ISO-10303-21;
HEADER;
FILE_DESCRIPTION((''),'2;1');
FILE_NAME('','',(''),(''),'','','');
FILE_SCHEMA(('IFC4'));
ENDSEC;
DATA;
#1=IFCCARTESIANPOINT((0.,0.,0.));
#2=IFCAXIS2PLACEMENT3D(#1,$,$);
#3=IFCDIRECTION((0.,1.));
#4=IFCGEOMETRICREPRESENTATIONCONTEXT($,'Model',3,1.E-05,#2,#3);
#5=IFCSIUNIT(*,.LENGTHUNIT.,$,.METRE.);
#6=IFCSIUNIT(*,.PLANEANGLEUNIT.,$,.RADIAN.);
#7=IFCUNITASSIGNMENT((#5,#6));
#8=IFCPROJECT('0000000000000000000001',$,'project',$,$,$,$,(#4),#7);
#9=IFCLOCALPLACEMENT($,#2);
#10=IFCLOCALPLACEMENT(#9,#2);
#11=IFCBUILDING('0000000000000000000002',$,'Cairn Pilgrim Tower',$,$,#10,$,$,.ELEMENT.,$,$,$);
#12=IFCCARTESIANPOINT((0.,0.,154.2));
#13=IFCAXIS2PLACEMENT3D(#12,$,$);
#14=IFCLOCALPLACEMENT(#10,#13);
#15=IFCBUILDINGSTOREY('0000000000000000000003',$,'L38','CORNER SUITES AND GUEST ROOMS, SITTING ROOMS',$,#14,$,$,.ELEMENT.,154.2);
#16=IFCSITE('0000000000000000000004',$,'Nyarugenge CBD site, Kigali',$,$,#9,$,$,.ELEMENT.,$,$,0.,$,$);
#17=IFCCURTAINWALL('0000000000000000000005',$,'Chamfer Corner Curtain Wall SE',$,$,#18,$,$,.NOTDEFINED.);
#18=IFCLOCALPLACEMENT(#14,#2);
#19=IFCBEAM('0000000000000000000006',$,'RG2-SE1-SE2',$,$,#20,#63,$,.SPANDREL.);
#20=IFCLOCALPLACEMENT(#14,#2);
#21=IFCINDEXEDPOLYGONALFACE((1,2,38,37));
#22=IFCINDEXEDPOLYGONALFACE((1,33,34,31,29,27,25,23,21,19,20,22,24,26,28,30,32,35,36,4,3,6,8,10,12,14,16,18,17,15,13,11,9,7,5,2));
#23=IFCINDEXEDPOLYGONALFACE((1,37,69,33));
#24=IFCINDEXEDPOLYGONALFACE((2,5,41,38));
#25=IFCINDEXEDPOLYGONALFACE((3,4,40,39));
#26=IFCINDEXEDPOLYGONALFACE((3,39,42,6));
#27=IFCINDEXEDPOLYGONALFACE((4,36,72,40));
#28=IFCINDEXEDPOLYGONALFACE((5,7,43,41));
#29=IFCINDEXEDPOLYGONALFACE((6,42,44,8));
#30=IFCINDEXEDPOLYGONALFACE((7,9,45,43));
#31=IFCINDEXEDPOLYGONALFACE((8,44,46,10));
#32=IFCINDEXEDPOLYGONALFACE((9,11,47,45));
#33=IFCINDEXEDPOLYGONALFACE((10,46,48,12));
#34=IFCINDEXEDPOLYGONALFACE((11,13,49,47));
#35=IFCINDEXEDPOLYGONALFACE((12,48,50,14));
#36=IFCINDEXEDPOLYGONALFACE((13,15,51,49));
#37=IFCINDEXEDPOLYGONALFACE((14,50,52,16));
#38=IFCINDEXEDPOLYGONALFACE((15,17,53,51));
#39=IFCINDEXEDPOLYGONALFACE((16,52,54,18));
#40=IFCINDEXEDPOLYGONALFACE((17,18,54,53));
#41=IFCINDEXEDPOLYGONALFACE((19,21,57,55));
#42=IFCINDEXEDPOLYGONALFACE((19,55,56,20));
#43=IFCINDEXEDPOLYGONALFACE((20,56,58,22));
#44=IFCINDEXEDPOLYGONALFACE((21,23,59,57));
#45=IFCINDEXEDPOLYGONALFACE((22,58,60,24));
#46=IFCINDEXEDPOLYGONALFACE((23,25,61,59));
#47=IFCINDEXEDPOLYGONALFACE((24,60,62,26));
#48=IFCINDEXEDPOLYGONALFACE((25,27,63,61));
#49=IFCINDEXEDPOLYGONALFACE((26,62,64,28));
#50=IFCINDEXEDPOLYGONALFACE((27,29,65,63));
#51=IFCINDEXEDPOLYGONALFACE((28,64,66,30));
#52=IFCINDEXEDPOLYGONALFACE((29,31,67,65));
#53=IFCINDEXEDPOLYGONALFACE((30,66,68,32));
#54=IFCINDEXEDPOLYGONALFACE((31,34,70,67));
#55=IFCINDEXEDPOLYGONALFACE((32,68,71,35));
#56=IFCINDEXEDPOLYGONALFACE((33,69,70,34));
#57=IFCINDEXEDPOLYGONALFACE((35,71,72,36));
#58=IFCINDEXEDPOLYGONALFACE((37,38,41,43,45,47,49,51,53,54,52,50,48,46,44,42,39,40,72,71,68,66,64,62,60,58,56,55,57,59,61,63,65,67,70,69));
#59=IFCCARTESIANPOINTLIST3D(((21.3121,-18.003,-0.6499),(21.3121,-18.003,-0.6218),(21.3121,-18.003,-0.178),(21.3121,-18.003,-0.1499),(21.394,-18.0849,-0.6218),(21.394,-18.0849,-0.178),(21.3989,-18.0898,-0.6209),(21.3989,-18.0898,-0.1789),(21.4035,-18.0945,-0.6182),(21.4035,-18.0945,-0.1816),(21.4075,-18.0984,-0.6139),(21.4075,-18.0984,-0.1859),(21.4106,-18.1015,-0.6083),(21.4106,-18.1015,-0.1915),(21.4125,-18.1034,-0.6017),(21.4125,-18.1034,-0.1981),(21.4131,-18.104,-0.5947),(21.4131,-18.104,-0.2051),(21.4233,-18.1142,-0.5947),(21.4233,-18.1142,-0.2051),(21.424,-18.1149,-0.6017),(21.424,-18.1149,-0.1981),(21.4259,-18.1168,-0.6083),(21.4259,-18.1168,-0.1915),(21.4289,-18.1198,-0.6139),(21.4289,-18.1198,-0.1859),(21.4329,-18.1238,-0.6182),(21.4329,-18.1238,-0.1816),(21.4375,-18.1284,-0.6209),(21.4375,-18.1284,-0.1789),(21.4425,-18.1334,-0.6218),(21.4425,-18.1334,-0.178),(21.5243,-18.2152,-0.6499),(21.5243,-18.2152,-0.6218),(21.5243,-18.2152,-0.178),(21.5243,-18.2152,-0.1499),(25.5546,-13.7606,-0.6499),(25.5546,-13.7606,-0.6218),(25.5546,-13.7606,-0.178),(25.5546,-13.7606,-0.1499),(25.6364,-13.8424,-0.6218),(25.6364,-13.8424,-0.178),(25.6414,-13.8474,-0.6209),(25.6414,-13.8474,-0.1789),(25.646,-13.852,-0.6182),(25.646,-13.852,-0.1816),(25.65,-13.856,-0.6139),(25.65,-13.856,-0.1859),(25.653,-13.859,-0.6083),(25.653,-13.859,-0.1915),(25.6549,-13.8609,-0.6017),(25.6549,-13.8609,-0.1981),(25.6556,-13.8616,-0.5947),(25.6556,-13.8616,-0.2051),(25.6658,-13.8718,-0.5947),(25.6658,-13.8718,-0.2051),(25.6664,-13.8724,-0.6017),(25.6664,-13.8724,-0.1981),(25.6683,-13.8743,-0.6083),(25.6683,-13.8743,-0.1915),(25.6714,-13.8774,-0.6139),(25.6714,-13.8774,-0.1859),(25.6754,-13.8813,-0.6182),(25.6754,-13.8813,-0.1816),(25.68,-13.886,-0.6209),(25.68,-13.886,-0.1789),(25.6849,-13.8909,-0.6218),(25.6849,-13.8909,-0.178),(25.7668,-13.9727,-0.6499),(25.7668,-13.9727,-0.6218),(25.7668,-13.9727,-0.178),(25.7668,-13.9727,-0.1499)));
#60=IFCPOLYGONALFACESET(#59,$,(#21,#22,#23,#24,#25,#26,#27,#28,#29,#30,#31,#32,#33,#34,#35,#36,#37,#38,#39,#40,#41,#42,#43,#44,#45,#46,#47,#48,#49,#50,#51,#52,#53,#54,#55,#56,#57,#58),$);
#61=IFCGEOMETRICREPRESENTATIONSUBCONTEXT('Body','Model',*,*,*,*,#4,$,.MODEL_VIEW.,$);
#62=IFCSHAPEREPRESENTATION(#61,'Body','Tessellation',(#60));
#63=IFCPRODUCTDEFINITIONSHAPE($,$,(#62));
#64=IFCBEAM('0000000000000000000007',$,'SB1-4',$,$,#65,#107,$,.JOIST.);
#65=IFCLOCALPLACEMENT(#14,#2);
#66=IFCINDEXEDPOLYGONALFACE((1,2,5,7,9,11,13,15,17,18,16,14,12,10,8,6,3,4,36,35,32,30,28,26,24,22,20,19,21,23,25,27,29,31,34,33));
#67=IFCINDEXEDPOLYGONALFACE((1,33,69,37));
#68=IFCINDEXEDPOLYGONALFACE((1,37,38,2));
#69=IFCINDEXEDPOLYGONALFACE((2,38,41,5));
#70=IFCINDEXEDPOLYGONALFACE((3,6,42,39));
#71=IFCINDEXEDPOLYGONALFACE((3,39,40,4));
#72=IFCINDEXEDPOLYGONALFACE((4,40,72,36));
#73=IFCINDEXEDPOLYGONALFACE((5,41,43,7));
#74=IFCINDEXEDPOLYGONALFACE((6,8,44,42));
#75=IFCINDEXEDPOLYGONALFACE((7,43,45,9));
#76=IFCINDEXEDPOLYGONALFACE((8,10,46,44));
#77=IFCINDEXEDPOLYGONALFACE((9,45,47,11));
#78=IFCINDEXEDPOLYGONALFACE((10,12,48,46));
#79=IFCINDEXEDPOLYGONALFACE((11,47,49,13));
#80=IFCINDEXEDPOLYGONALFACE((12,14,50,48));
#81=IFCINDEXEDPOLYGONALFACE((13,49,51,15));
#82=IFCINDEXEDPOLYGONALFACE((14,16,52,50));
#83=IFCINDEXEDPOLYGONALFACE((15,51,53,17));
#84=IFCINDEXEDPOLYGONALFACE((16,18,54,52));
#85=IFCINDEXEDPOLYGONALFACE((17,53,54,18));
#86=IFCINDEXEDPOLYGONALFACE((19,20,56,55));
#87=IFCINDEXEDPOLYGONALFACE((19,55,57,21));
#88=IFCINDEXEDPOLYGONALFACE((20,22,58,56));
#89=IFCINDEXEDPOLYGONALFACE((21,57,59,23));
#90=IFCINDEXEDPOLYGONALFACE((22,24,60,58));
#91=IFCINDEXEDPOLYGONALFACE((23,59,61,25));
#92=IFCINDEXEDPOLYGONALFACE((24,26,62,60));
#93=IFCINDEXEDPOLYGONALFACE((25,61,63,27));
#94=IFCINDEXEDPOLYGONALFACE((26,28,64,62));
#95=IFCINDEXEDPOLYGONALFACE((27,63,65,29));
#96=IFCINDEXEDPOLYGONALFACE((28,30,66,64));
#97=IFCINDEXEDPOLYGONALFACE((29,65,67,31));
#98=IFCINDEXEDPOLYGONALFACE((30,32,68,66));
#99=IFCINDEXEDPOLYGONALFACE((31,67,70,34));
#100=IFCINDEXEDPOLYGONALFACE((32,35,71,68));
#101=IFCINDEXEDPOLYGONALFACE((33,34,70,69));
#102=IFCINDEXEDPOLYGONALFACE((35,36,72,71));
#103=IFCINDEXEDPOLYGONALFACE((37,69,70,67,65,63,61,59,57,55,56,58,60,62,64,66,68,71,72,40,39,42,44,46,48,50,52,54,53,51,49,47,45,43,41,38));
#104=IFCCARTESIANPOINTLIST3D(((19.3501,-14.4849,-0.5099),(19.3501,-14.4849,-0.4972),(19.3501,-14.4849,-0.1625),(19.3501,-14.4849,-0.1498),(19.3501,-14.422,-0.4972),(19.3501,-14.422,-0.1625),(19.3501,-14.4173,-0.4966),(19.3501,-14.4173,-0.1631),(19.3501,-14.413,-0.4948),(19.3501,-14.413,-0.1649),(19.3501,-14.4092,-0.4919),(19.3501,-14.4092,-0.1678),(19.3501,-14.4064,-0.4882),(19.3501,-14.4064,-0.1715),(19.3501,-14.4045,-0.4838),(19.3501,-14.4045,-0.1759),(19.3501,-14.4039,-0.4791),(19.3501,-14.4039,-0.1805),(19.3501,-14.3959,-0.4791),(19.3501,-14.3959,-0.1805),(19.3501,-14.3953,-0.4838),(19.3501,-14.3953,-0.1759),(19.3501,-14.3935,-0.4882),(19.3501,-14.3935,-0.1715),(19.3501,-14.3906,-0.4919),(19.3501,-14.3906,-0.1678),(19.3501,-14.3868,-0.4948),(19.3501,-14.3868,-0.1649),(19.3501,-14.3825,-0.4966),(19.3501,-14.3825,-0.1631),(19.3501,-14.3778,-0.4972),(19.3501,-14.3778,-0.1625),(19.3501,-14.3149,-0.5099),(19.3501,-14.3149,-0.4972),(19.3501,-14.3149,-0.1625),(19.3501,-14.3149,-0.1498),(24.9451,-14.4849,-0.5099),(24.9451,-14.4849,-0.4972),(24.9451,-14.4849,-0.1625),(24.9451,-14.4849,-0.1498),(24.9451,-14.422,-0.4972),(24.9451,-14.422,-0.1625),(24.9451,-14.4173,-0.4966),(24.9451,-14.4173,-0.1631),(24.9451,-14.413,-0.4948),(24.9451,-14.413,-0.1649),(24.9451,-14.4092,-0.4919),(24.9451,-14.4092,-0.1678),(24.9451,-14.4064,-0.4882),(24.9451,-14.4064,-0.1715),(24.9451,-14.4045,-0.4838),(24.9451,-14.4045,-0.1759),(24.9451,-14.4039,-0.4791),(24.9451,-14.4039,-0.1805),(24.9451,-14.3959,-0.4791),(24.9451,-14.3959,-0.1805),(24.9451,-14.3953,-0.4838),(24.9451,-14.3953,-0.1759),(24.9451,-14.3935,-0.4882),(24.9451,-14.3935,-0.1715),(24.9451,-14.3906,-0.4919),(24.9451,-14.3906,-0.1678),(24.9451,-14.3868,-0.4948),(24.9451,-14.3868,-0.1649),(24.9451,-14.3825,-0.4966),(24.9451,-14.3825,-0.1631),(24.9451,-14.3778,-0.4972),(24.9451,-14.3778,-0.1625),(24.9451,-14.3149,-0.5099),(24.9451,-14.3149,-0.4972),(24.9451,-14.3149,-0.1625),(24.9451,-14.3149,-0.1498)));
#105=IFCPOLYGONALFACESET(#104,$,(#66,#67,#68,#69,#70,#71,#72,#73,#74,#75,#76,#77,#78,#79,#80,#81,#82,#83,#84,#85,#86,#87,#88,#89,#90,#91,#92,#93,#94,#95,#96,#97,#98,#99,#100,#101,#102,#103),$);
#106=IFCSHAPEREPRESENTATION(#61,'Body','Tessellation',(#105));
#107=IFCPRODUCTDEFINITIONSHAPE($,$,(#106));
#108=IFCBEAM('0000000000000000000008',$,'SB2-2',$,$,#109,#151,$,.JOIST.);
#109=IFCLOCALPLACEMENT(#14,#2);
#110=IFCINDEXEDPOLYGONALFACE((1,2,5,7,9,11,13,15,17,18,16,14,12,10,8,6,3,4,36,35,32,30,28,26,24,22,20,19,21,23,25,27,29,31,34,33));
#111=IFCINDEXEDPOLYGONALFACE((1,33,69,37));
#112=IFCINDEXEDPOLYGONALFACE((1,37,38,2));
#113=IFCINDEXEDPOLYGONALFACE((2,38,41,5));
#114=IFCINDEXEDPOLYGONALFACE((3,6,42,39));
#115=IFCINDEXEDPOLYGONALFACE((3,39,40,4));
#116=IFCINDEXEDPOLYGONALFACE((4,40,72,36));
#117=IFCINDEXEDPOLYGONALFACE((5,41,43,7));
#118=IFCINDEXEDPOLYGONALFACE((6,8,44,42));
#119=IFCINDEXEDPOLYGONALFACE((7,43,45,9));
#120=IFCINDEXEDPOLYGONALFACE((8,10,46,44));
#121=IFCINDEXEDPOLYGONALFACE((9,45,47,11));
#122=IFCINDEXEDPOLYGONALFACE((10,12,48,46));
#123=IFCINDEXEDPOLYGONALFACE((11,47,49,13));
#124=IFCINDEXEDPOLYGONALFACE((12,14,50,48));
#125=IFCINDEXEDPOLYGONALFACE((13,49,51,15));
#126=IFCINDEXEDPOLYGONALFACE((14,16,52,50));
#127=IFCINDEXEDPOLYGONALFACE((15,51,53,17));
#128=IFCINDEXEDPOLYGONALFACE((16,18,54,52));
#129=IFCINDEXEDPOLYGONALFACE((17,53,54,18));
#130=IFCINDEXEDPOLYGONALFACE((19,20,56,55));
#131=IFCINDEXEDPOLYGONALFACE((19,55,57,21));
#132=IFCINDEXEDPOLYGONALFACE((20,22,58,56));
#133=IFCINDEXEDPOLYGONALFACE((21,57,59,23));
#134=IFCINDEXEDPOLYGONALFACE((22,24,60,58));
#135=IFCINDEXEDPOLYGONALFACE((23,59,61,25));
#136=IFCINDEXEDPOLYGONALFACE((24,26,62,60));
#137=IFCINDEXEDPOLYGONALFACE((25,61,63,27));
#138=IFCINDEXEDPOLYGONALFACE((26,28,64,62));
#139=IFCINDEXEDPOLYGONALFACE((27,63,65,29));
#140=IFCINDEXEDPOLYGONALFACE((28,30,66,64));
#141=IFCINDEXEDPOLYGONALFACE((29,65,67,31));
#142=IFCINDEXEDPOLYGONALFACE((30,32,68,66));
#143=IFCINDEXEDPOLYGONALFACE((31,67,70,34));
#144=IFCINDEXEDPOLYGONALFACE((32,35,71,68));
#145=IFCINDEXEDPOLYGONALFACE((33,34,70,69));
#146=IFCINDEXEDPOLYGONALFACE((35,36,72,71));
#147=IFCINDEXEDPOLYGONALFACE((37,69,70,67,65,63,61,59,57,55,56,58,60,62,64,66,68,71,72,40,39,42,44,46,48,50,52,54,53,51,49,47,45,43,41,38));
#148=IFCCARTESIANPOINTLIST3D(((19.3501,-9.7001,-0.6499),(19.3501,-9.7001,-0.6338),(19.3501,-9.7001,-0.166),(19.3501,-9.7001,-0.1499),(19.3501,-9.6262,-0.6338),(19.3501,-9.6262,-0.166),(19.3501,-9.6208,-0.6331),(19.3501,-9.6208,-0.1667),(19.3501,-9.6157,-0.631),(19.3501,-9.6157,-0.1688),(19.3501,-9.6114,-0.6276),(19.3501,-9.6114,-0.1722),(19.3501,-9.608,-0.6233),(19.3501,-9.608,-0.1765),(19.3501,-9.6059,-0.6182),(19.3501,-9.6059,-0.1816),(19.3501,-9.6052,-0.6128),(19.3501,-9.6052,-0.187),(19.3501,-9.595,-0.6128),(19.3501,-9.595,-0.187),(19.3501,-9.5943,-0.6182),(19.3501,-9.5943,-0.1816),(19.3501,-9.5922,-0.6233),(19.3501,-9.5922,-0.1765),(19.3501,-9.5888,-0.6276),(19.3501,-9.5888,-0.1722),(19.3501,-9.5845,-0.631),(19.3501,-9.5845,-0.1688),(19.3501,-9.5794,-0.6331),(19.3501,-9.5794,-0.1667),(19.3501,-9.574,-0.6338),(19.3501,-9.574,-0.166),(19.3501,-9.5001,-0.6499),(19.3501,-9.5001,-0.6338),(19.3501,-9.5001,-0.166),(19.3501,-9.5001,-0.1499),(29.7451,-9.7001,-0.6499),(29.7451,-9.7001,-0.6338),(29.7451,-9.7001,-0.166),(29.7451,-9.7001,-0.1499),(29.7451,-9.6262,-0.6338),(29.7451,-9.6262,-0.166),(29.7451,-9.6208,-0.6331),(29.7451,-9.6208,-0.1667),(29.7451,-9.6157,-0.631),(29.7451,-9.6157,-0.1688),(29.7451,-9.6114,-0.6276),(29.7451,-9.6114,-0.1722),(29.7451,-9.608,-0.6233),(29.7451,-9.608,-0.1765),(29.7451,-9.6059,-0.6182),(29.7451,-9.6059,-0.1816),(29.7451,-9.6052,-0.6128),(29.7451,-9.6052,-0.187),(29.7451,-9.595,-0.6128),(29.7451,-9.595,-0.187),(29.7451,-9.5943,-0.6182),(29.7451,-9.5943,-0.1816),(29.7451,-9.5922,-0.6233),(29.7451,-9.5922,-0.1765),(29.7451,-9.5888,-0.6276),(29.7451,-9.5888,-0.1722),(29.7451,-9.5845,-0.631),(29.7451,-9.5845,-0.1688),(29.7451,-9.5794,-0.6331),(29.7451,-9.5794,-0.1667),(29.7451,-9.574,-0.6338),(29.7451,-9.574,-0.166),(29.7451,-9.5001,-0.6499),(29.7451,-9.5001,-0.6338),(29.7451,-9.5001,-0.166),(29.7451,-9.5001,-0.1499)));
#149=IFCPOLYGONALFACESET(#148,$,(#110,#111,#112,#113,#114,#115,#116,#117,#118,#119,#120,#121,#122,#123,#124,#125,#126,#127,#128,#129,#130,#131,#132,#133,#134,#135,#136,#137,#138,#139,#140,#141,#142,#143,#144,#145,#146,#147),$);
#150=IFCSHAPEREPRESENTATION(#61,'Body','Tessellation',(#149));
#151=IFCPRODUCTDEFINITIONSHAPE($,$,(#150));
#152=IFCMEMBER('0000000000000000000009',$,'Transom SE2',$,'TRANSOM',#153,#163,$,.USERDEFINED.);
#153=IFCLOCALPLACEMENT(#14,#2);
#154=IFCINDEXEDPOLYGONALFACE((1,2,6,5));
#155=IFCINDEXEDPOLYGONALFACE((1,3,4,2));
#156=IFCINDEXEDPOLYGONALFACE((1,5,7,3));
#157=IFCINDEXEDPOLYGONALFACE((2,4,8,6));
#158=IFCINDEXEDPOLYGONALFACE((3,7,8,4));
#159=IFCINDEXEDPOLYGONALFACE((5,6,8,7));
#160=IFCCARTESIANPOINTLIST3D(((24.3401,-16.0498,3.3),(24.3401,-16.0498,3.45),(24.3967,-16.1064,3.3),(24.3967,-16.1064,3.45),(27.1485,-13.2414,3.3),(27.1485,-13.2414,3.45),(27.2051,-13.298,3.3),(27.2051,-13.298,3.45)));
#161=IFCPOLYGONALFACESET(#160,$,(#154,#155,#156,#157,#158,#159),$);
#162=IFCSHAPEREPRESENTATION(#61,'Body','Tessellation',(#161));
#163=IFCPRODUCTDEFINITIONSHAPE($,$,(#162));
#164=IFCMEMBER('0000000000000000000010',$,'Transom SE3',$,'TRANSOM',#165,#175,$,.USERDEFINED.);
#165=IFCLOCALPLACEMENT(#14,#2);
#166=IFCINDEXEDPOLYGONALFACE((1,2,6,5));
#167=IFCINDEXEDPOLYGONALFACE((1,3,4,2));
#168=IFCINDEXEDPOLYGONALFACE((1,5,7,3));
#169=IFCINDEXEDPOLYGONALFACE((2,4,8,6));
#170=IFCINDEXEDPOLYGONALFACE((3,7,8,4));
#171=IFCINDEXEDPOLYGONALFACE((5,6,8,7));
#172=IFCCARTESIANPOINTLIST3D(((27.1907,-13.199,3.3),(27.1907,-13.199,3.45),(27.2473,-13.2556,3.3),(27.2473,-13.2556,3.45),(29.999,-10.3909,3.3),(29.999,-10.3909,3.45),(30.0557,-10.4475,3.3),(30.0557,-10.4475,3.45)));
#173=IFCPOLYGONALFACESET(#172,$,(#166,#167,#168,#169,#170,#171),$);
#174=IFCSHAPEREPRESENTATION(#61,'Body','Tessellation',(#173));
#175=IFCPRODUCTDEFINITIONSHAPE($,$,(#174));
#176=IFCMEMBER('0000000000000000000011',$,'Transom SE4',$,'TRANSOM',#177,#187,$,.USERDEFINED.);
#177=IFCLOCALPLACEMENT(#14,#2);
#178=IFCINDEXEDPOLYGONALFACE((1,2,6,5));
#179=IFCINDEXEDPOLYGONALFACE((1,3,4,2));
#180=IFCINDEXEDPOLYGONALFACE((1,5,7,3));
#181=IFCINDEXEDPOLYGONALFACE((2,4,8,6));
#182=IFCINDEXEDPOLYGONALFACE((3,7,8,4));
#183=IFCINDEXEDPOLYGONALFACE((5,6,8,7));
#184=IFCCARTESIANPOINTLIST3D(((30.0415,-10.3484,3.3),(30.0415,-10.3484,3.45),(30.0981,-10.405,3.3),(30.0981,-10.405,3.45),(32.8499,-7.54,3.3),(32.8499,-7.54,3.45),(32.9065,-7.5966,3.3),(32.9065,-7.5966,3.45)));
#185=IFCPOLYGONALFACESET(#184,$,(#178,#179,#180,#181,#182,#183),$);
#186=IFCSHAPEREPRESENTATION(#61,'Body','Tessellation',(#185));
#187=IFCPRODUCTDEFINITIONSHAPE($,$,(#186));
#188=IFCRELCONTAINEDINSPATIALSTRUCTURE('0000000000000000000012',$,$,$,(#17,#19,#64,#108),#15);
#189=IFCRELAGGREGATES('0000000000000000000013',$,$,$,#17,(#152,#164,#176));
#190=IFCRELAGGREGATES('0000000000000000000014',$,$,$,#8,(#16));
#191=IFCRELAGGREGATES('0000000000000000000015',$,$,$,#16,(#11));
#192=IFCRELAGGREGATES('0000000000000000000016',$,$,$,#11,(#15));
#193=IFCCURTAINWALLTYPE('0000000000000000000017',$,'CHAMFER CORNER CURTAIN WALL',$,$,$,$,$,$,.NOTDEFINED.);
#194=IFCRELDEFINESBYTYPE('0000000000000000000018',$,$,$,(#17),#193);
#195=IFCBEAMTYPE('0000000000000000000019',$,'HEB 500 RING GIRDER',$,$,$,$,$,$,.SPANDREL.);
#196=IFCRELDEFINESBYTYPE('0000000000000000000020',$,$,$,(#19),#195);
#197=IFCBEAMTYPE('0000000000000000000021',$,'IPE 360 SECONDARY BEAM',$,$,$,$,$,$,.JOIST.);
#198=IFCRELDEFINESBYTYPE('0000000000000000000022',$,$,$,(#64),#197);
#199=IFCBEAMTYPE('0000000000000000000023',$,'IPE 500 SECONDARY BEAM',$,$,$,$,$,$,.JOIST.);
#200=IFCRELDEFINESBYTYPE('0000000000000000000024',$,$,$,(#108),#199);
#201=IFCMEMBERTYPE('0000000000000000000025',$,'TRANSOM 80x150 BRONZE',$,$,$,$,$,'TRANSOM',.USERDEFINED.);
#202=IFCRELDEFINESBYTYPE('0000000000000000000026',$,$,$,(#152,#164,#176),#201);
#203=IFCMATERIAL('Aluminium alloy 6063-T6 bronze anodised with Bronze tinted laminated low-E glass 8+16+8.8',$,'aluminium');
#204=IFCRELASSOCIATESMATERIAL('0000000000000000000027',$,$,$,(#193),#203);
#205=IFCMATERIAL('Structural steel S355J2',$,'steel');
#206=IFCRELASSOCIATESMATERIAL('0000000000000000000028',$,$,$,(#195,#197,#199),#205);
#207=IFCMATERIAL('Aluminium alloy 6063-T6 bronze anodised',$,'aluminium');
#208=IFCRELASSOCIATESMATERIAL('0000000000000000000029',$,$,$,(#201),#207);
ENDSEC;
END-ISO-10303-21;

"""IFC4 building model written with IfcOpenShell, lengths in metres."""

from ifc_helpers import new_model, si_unit, direction, frame, origin, origin_2d, place, context, subcontext, project, spatial, rectangle, i_section, extrude, material, material_profile, profile_set, type_object, element, aggregate, save


model = new_model("IFC4")

# Units and contexts
model_context = context("Model", 3, precision=1e-05, world=origin(), true_north=direction((0.0, 1.0)))
body_context = subcontext(model_context, "Body", "Model", "MODEL_VIEW")
ifc_project = project(units=[si_unit("LENGTHUNIT", "METRE"), si_unit("PLANEANGLEUNIT", "RADIAN")], contexts=[model_context])

# Site, building, storey
site_placement = place(None, origin())
site = spatial("IfcSite", under=ifc_project, at=site_placement, Name="Nyarugenge CBD site, Kigali", CompositionType="ELEMENT", RefElevation=0.0)
building_placement = place(site_placement, origin())
building = spatial("IfcBuilding", under=site, at=building_placement, Name="Cairn Pilgrim Tower", CompositionType="ELEMENT")
storey_placement = place(building_placement, frame((0.0, 0.0, 154.2)))
storey = spatial("IfcBuildingStorey", under=building, at=storey_placement, Name="L38", Description="CORNER SUITES AND GUEST ROOMS, SITTING ROOMS", CompositionType="ELEMENT", Elevation=154.2)

# Shared definitions
ifc_material_1 = material(Name="Structural steel S355J2", Category="steel")

# Curtain wall
ifc_material_2 = material(Name="Aluminium alloy 6063-T6 bronze anodised with Bronze tinted laminated low-E glass 8+16+8.8", Category="aluminium")
curtain_wall_type = type_object("IfcCurtainWallType", Name="CHAMFER CORNER CURTAIN WALL", PredefinedType="NOTDEFINED", material=ifc_material_2)
curtain_wall_placement = place(storey_placement, origin())
curtain_wall = element("IfcCurtainWall", 1, at=curtain_wall_placement, inside=storey, type_object=curtain_wall_type, Name="Chamfer Corner Curtain Wall SE", PredefinedType="NOTDEFINED")
ifc_material_3 = material(Name="Aluminium alloy 6063-T6 bronze anodised", Category="aluminium")

# Beams
ifc_material_profile_1 = material_profile(ifc_material_1, i_section(OverallWidth=0.3, OverallDepth=0.5, WebThickness=0.0144, FlangeThickness=0.0281, FilletRadius=0.0271, at=origin_2d()), Name="HEB 500")
ifc_profile_set_1 = profile_set([ifc_material_profile_1], Name="Structural steel S355J2")
beam_type_1 = type_object("IfcBeamType", Name="HEB 500 RING GIRDER", PredefinedType="SPANDREL", material=ifc_profile_set_1)
beam_1_placement = place(storey_placement, frame((21.4182, -18.1091, -0.3999), z_axis=(0.707107, 0.707107, 0.0), x_axis=(-0.707107, 0.707107, 0.0)))
element("IfcBeam", 2, at=beam_1_placement, inside=storey, type_object=beam_type_1, Name="RG2-SE1-SE2", PredefinedType="SPANDREL", context=body_context, shape_type="SweptSolid", body=[
    extrude(i_section(OverallWidth=0.3, OverallDepth=0.5, WebThickness=0.0144, FlangeThickness=0.0281, FilletRadius=0.0271, at=origin_2d()), origin(), (0.0, 0.0, 1.0), 5.9998),
])
ifc_material_profile_2 = material_profile(ifc_material_1, i_section(OverallWidth=0.1699, OverallDepth=0.3601, WebThickness=0.0081, FlangeThickness=0.0127, FilletRadius=0.0181, at=origin_2d()), Name="IPE 360")
ifc_profile_set_2 = profile_set([ifc_material_profile_2], Name="Structural steel S355J2")
beam_type_2 = type_object("IfcBeamType", Name="IPE 360 SECONDARY BEAM", PredefinedType="JOIST", material=ifc_profile_set_2)
beam_2_placement = place(storey_placement, frame((19.3501, -14.3999, -0.3298), z_axis=(1.0, 0.0, 0.0), x_axis=(0.0, 1.0, 0.0)))
element("IfcBeam", 3, at=beam_2_placement, inside=storey, type_object=beam_type_2, Name="SB1-4", PredefinedType="JOIST", context=body_context, shape_type="SweptSolid", body=[
    extrude(i_section(OverallWidth=0.1699, OverallDepth=0.3601, WebThickness=0.0081, FlangeThickness=0.0127, FilletRadius=0.0181, at=origin_2d()), origin(), (0.0, 0.0, 1.0), 5.595),
])
ifc_material_profile_3 = material_profile(ifc_material_1, i_section(OverallWidth=0.2, OverallDepth=0.5, WebThickness=0.0103, FlangeThickness=0.0161, FilletRadius=0.021, at=origin_2d()), Name="IPE 500")
ifc_profile_set_3 = profile_set([ifc_material_profile_3], Name="Structural steel S355J2")
beam_type_3 = type_object("IfcBeamType", Name="IPE 500 SECONDARY BEAM", PredefinedType="JOIST", material=ifc_profile_set_3)
beam_3_placement = place(storey_placement, frame((19.3501, -9.6001, -0.3999), z_axis=(1.0, 0.0, 0.0), x_axis=(0.0, 1.0, 0.0)))
element("IfcBeam", 4, at=beam_3_placement, inside=storey, type_object=beam_type_3, Name="SB2-2", PredefinedType="JOIST", context=body_context, shape_type="SweptSolid", body=[
    extrude(i_section(OverallWidth=0.2, OverallDepth=0.5, WebThickness=0.0103, FlangeThickness=0.0161, FilletRadius=0.021, at=origin_2d()), origin(), (0.0, 0.0, 1.0), 10.395),
])

# Members
ifc_material_profile_4 = material_profile(ifc_material_3, rectangle(XDim=0.0801, YDim=0.1499, at=origin_2d()), Name="TRANSOM 80x150 BRONZE")
ifc_profile_set_4 = profile_set([ifc_material_profile_4], Name="Aluminium alloy 6063-T6 bronze anodised")
member_type_1 = type_object("IfcMemberType", Name="TRANSOM 80x150 BRONZE", ElementType="TRANSOM", PredefinedType="USERDEFINED", material=ifc_profile_set_4)
member_1_placement = place(storey_placement, frame((24.3684, -16.0781, 3.375), z_axis=(0.707107, 0.707107, 0.0), x_axis=(-0.707107, 0.707107, 0.0)))
member_1 = element("IfcMember", 5, at=member_1_placement, type_object=member_type_1, Name="Transom SE2", ObjectType="TRANSOM", PredefinedType="USERDEFINED", context=body_context, shape_type="SweptSolid", body=[
    extrude(rectangle(XDim=0.0801, YDim=0.1499, at=origin_2d()), origin(), (0.0, 0.0, 1.0), 3.9717),
])
member_2_placement = place(storey_placement, frame((27.219, -13.2273, 3.375), z_axis=(0.707138, 0.707076, 0.0), x_axis=(-0.707076, 0.707138, 0.0)))
member_2 = element("IfcMember", 6, at=member_2_placement, type_object=member_type_1, Name="Transom SE3", ObjectType="TRANSOM", PredefinedType="USERDEFINED", context=body_context, shape_type="SweptSolid", body=[
    extrude(rectangle(XDim=0.0801, YDim=0.1499, at=origin_2d()), origin(), (0.0, 0.0, 1.0), 3.9714),
])
member_3_placement = place(storey_placement, frame((30.0698, -10.3767, 3.375), z_axis=(0.707107, 0.707107, 0.0), x_axis=(-0.707107, 0.707107, 0.0)))
member_3 = element("IfcMember", 7, at=member_3_placement, type_object=member_type_1, Name="Transom SE4", ObjectType="TRANSOM", PredefinedType="USERDEFINED", context=body_context, shape_type="SweptSolid", body=[
    extrude(rectangle(XDim=0.0801, YDim=0.1499, at=origin_2d()), origin(), (0.0, 0.0, 1.0), 3.9717),
])

aggregate(curtain_wall, [member_1, member_2, member_3])

save(model, "model.ifc")
